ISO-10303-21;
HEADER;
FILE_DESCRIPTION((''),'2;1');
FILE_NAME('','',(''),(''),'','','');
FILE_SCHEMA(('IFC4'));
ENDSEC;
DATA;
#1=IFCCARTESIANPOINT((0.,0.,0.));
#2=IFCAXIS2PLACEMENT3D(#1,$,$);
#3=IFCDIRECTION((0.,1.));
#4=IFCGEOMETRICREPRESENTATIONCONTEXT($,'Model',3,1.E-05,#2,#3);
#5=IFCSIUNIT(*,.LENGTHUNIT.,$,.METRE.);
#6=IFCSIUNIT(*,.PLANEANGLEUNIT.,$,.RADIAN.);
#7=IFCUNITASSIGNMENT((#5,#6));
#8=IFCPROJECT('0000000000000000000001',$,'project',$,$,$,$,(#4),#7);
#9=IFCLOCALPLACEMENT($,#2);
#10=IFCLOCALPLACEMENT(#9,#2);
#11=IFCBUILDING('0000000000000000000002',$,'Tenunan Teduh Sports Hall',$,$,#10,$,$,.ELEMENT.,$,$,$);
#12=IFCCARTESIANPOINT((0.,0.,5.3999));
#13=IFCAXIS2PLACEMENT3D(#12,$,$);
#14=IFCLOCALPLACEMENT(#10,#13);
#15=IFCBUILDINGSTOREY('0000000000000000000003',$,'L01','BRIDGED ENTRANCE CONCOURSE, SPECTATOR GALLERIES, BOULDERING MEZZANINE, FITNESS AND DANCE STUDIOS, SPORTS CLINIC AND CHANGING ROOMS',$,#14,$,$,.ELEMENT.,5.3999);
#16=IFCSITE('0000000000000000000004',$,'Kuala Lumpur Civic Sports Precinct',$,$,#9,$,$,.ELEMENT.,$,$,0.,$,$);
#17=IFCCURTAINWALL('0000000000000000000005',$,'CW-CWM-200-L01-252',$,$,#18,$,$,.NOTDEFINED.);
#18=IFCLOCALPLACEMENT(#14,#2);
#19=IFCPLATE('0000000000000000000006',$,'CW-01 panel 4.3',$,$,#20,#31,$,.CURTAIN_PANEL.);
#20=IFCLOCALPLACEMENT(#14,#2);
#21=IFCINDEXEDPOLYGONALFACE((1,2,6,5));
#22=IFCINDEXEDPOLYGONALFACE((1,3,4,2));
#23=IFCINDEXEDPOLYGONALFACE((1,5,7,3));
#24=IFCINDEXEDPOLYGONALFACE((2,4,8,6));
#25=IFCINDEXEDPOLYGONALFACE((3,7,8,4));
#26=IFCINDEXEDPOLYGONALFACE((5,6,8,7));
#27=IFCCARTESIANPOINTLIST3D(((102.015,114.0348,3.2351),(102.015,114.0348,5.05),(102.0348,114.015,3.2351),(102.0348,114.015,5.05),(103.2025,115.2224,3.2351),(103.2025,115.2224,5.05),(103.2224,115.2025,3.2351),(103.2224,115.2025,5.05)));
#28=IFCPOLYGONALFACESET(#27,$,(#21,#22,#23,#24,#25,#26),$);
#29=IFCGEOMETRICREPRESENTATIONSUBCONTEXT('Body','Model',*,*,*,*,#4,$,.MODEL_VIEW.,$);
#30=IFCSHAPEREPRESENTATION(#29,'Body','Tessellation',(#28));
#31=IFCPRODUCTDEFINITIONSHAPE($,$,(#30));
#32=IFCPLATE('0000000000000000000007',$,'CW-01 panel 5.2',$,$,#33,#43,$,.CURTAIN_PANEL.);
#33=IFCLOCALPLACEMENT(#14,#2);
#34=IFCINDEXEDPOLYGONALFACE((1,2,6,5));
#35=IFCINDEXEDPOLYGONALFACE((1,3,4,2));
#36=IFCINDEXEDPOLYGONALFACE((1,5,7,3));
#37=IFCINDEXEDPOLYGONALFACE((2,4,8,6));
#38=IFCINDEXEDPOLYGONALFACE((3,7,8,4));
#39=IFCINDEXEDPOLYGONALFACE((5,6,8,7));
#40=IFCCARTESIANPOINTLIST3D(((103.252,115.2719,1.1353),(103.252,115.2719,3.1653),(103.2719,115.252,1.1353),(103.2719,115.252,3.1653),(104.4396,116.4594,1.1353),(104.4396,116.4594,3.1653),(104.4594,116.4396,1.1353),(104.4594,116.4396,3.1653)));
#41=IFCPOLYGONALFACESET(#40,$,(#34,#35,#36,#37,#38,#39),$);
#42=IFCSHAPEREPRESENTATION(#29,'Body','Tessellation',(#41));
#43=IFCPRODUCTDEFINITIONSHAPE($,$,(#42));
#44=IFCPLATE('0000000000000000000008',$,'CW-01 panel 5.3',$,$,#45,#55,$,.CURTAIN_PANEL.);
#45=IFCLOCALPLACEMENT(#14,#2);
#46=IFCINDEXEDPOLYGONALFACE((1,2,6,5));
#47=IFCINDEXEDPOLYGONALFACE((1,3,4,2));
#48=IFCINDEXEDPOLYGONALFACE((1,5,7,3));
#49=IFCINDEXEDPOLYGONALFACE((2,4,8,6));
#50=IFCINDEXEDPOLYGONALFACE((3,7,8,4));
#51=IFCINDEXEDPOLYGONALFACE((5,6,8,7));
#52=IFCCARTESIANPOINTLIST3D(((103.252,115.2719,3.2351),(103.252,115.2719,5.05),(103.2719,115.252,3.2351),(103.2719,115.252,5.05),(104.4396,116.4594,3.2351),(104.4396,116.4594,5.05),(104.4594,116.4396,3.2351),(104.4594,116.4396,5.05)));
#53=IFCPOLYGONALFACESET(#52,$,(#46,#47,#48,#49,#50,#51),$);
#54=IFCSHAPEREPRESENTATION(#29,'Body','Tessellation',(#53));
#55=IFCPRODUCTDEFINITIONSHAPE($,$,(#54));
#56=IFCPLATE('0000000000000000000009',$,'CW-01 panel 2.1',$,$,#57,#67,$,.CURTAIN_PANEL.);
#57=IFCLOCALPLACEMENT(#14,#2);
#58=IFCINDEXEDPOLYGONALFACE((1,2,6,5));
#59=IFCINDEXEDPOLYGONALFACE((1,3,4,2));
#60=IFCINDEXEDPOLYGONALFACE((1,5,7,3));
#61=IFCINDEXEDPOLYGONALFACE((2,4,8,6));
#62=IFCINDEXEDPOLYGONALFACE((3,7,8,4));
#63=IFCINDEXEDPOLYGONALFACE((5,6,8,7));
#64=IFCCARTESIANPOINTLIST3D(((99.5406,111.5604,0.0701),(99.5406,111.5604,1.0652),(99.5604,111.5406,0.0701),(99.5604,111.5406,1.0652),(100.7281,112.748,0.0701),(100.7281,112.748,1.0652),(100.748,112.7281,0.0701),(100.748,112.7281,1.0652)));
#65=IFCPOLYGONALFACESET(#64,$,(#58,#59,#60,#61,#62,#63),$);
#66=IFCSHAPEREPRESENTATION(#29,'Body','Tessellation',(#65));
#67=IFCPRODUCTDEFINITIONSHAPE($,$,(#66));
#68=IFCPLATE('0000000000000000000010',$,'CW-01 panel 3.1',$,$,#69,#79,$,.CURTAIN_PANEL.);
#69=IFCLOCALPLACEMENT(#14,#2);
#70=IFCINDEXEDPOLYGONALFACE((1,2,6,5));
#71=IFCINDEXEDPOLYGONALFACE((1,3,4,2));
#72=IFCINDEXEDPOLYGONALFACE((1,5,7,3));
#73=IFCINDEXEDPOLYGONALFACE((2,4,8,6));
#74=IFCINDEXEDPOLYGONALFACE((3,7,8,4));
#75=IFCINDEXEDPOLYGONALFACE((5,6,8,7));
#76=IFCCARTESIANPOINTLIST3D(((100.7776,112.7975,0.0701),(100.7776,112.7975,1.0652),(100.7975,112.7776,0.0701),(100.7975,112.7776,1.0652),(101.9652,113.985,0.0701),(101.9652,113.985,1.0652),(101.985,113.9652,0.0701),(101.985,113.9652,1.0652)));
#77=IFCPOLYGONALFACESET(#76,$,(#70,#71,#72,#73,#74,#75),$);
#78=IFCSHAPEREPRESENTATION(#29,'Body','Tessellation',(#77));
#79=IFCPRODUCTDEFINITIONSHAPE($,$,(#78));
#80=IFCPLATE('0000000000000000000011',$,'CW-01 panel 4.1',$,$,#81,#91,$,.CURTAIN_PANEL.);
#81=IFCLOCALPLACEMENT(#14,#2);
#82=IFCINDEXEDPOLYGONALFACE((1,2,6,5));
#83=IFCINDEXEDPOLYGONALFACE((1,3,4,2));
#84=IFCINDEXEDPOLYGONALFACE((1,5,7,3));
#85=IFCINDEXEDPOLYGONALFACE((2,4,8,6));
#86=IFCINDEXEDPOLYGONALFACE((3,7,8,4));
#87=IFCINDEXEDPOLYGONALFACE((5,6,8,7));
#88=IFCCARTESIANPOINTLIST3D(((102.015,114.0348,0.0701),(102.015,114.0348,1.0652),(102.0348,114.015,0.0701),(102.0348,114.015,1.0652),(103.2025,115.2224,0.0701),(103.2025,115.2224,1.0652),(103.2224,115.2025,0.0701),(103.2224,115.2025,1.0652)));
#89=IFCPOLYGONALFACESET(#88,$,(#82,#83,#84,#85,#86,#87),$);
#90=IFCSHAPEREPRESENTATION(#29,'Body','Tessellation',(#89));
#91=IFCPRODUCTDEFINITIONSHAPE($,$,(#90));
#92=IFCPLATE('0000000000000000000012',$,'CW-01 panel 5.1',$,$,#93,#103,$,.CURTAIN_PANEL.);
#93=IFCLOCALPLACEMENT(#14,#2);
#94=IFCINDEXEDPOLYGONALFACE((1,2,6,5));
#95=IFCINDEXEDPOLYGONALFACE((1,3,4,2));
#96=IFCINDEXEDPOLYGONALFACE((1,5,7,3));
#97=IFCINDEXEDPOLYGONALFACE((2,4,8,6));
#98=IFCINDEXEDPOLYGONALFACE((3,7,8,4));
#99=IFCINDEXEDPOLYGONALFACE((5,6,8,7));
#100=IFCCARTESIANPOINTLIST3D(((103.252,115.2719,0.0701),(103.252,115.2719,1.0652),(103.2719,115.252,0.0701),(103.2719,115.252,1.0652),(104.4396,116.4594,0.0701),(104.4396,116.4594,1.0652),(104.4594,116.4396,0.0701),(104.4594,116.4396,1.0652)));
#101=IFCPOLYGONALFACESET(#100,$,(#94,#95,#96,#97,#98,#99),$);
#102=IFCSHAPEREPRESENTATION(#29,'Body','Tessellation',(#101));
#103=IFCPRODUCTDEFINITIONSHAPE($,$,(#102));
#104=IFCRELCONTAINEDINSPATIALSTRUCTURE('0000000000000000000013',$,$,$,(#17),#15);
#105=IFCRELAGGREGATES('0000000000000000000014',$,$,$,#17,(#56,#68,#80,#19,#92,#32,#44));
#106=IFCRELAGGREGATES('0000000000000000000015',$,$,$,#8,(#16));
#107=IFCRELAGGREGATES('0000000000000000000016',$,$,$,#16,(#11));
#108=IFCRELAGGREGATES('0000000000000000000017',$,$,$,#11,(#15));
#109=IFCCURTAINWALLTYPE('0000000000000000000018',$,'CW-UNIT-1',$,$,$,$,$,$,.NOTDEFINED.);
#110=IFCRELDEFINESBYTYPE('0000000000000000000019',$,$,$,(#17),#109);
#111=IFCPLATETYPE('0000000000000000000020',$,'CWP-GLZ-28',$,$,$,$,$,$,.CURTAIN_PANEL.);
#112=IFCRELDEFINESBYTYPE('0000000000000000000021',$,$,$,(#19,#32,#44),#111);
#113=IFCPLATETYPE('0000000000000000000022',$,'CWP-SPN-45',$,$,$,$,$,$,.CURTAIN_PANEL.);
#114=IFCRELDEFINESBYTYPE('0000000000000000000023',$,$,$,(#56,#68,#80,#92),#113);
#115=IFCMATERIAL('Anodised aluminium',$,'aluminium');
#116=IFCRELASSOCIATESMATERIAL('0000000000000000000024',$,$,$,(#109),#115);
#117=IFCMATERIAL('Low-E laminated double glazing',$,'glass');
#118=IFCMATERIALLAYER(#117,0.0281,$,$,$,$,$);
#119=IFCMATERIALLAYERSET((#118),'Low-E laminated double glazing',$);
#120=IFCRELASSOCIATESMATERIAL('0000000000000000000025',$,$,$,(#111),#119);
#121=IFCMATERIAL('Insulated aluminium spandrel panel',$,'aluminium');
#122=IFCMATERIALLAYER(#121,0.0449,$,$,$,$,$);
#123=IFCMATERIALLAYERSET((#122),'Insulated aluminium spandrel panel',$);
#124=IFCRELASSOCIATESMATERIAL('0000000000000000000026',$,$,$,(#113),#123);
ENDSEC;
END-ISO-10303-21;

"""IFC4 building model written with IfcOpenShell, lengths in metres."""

from ifc_helpers import new_model, si_unit, direction, frame, origin, origin_2d, place, context, subcontext, project, spatial, rectangle, extrude, material, layer, layer_set, type_object, element, aggregate, save


model = new_model("IFC4")

# Units and contexts
model_context = context("Model", 3, precision=1e-05, world=origin(), true_north=direction((0.0, 1.0)))
body_context = subcontext(model_context, "Body", "Model", "MODEL_VIEW")
ifc_project = project(units=[si_unit("LENGTHUNIT", "METRE"), si_unit("PLANEANGLEUNIT", "RADIAN")], contexts=[model_context])

# Site, building, storey
site_placement = place(None, origin())
site = spatial("IfcSite", under=ifc_project, at=site_placement, Name="Kuala Lumpur Civic Sports Precinct", CompositionType="ELEMENT", RefElevation=0.0)
building_placement = place(site_placement, origin())
building = spatial("IfcBuilding", under=site, at=building_placement, Name="Tenunan Teduh Sports Hall", CompositionType="ELEMENT")
storey_placement = place(building_placement, frame((0.0, 0.0, 5.3999)))
storey = spatial("IfcBuildingStorey", under=building, at=storey_placement, Name="L01", Description="BRIDGED ENTRANCE CONCOURSE, SPECTATOR GALLERIES, BOULDERING MEZZANINE, FITNESS AND DANCE STUDIOS, SPORTS CLINIC AND CHANGING ROOMS", CompositionType="ELEMENT", Elevation=5.3999)

# Curtain wall, plates
ifc_material_1 = material(Name="Anodised aluminium", Category="aluminium")
curtain_wall_type = type_object("IfcCurtainWallType", Name="CW-UNIT-1", PredefinedType="NOTDEFINED", material=ifc_material_1)
curtain_wall_placement = place(storey_placement, origin())
curtain_wall = element("IfcCurtainWall", 1, at=curtain_wall_placement, inside=storey, type_object=curtain_wall_type, Name="CW-CWM-200-L01-252", PredefinedType="NOTDEFINED")
ifc_material_2 = material(Name="Low-E laminated double glazing", Category="glass")
ifc_layer_1 = layer(ifc_material_2, 0.0281)
ifc_layer_set_1 = layer_set([ifc_layer_1], Name="Low-E laminated double glazing")
plate_type_1 = type_object("IfcPlateType", Name="CWP-GLZ-28", PredefinedType="CURTAIN_PANEL", material=ifc_layer_set_1)
plate_1_placement = place(storey_placement, frame((102.6187, 114.6187, 3.2351), z_axis=(0.0, 0.0, 1.0), x_axis=(0.707107, 0.707107, 0.0)))
plate_1 = element("IfcPlate", 2, at=plate_1_placement, type_object=plate_type_1, Name="CW-01 panel 4.3", PredefinedType="CURTAIN_PANEL", context=body_context, shape_type="SweptSolid", body=[
    extrude(rectangle(XDim=1.6794, YDim=0.0281, at=origin_2d()), origin(), (0.0, 0.0, 1.0), 1.8149),
])
plate_2_placement = place(storey_placement, frame((103.8557, 115.8557, 1.1353), z_axis=(0.0, 0.0, 1.0), x_axis=(0.707107, 0.707107, 0.0)))
plate_2 = element("IfcPlate", 3, at=plate_2_placement, type_object=plate_type_1, Name="CW-01 panel 5.2", PredefinedType="CURTAIN_PANEL", context=body_context, shape_type="SweptSolid", body=[
    extrude(rectangle(XDim=1.6794, YDim=0.0281, at=origin_2d()), origin(), (0.0, 0.0, 1.0), 2.03),
])
plate_3_placement = place(storey_placement, frame((103.8557, 115.8557, 3.2351), z_axis=(0.0, 0.0, 1.0), x_axis=(0.707107, 0.707107, 0.0)))
plate_3 = element("IfcPlate", 4, at=plate_3_placement, type_object=plate_type_1, Name="CW-01 panel 5.3", PredefinedType="CURTAIN_PANEL", context=body_context, shape_type="SweptSolid", body=[
    extrude(rectangle(XDim=1.6794, YDim=0.0281, at=origin_2d()), origin(), (0.0, 0.0, 1.0), 1.8149),
])
ifc_material_3 = material(Name="Insulated aluminium spandrel panel", Category="aluminium")
ifc_layer_2 = layer(ifc_material_3, 0.0449)
ifc_layer_set_2 = layer_set([ifc_layer_2], Name="Insulated aluminium spandrel panel")
plate_type_2 = type_object("IfcPlateType", Name="CWP-SPN-45", PredefinedType="CURTAIN_PANEL", material=ifc_layer_set_2)
plate_4_placement = place(storey_placement, frame((100.1443, 112.1443, 0.0701), z_axis=(0.0, 0.0, 1.0), x_axis=(0.707107, 0.707107, 0.0)))
plate_4 = element("IfcPlate", 5, at=plate_4_placement, type_object=plate_type_2, Name="CW-01 panel 2.1", PredefinedType="CURTAIN_PANEL", context=body_context, shape_type="SweptSolid", body=[
    extrude(rectangle(XDim=1.6794, YDim=0.0281, at=origin_2d()), origin(), (0.0, 0.0, 1.0), 0.9951),
])
plate_5_placement = place(storey_placement, frame((101.3813, 113.3813, 0.0701), z_axis=(0.0, 0.0, 1.0), x_axis=(0.707107, 0.707107, 0.0)))
plate_5 = element("IfcPlate", 6, at=plate_5_placement, type_object=plate_type_2, Name="CW-01 panel 3.1", PredefinedType="CURTAIN_PANEL", context=body_context, shape_type="SweptSolid", body=[
    extrude(rectangle(XDim=1.6794, YDim=0.0281, at=origin_2d()), origin(), (0.0, 0.0, 1.0), 0.9951),
])
plate_6_placement = place(storey_placement, frame((102.6187, 114.6187, 0.0701), z_axis=(0.0, 0.0, 1.0), x_axis=(0.707107, 0.707107, 0.0)))
plate_6 = element("IfcPlate", 7, at=plate_6_placement, type_object=plate_type_2, Name="CW-01 panel 4.1", PredefinedType="CURTAIN_PANEL", context=body_context, shape_type="SweptSolid", body=[
    extrude(rectangle(XDim=1.6794, YDim=0.0281, at=origin_2d()), origin(), (0.0, 0.0, 1.0), 0.9951),
])
plate_7_placement = place(storey_placement, frame((103.8557, 115.8557, 0.0701), z_axis=(0.0, 0.0, 1.0), x_axis=(0.707107, 0.707107, 0.0)))
plate_7 = element("IfcPlate", 8, at=plate_7_placement, type_object=plate_type_2, Name="CW-01 panel 5.1", PredefinedType="CURTAIN_PANEL", context=body_context, shape_type="SweptSolid", body=[
    extrude(rectangle(XDim=1.6794, YDim=0.0281, at=origin_2d()), origin(), (0.0, 0.0, 1.0), 0.9951),
])
aggregate(curtain_wall, [plate_4, plate_5, plate_6, plate_1, plate_7, plate_2, plate_3])

save(model, "model.ifc")
